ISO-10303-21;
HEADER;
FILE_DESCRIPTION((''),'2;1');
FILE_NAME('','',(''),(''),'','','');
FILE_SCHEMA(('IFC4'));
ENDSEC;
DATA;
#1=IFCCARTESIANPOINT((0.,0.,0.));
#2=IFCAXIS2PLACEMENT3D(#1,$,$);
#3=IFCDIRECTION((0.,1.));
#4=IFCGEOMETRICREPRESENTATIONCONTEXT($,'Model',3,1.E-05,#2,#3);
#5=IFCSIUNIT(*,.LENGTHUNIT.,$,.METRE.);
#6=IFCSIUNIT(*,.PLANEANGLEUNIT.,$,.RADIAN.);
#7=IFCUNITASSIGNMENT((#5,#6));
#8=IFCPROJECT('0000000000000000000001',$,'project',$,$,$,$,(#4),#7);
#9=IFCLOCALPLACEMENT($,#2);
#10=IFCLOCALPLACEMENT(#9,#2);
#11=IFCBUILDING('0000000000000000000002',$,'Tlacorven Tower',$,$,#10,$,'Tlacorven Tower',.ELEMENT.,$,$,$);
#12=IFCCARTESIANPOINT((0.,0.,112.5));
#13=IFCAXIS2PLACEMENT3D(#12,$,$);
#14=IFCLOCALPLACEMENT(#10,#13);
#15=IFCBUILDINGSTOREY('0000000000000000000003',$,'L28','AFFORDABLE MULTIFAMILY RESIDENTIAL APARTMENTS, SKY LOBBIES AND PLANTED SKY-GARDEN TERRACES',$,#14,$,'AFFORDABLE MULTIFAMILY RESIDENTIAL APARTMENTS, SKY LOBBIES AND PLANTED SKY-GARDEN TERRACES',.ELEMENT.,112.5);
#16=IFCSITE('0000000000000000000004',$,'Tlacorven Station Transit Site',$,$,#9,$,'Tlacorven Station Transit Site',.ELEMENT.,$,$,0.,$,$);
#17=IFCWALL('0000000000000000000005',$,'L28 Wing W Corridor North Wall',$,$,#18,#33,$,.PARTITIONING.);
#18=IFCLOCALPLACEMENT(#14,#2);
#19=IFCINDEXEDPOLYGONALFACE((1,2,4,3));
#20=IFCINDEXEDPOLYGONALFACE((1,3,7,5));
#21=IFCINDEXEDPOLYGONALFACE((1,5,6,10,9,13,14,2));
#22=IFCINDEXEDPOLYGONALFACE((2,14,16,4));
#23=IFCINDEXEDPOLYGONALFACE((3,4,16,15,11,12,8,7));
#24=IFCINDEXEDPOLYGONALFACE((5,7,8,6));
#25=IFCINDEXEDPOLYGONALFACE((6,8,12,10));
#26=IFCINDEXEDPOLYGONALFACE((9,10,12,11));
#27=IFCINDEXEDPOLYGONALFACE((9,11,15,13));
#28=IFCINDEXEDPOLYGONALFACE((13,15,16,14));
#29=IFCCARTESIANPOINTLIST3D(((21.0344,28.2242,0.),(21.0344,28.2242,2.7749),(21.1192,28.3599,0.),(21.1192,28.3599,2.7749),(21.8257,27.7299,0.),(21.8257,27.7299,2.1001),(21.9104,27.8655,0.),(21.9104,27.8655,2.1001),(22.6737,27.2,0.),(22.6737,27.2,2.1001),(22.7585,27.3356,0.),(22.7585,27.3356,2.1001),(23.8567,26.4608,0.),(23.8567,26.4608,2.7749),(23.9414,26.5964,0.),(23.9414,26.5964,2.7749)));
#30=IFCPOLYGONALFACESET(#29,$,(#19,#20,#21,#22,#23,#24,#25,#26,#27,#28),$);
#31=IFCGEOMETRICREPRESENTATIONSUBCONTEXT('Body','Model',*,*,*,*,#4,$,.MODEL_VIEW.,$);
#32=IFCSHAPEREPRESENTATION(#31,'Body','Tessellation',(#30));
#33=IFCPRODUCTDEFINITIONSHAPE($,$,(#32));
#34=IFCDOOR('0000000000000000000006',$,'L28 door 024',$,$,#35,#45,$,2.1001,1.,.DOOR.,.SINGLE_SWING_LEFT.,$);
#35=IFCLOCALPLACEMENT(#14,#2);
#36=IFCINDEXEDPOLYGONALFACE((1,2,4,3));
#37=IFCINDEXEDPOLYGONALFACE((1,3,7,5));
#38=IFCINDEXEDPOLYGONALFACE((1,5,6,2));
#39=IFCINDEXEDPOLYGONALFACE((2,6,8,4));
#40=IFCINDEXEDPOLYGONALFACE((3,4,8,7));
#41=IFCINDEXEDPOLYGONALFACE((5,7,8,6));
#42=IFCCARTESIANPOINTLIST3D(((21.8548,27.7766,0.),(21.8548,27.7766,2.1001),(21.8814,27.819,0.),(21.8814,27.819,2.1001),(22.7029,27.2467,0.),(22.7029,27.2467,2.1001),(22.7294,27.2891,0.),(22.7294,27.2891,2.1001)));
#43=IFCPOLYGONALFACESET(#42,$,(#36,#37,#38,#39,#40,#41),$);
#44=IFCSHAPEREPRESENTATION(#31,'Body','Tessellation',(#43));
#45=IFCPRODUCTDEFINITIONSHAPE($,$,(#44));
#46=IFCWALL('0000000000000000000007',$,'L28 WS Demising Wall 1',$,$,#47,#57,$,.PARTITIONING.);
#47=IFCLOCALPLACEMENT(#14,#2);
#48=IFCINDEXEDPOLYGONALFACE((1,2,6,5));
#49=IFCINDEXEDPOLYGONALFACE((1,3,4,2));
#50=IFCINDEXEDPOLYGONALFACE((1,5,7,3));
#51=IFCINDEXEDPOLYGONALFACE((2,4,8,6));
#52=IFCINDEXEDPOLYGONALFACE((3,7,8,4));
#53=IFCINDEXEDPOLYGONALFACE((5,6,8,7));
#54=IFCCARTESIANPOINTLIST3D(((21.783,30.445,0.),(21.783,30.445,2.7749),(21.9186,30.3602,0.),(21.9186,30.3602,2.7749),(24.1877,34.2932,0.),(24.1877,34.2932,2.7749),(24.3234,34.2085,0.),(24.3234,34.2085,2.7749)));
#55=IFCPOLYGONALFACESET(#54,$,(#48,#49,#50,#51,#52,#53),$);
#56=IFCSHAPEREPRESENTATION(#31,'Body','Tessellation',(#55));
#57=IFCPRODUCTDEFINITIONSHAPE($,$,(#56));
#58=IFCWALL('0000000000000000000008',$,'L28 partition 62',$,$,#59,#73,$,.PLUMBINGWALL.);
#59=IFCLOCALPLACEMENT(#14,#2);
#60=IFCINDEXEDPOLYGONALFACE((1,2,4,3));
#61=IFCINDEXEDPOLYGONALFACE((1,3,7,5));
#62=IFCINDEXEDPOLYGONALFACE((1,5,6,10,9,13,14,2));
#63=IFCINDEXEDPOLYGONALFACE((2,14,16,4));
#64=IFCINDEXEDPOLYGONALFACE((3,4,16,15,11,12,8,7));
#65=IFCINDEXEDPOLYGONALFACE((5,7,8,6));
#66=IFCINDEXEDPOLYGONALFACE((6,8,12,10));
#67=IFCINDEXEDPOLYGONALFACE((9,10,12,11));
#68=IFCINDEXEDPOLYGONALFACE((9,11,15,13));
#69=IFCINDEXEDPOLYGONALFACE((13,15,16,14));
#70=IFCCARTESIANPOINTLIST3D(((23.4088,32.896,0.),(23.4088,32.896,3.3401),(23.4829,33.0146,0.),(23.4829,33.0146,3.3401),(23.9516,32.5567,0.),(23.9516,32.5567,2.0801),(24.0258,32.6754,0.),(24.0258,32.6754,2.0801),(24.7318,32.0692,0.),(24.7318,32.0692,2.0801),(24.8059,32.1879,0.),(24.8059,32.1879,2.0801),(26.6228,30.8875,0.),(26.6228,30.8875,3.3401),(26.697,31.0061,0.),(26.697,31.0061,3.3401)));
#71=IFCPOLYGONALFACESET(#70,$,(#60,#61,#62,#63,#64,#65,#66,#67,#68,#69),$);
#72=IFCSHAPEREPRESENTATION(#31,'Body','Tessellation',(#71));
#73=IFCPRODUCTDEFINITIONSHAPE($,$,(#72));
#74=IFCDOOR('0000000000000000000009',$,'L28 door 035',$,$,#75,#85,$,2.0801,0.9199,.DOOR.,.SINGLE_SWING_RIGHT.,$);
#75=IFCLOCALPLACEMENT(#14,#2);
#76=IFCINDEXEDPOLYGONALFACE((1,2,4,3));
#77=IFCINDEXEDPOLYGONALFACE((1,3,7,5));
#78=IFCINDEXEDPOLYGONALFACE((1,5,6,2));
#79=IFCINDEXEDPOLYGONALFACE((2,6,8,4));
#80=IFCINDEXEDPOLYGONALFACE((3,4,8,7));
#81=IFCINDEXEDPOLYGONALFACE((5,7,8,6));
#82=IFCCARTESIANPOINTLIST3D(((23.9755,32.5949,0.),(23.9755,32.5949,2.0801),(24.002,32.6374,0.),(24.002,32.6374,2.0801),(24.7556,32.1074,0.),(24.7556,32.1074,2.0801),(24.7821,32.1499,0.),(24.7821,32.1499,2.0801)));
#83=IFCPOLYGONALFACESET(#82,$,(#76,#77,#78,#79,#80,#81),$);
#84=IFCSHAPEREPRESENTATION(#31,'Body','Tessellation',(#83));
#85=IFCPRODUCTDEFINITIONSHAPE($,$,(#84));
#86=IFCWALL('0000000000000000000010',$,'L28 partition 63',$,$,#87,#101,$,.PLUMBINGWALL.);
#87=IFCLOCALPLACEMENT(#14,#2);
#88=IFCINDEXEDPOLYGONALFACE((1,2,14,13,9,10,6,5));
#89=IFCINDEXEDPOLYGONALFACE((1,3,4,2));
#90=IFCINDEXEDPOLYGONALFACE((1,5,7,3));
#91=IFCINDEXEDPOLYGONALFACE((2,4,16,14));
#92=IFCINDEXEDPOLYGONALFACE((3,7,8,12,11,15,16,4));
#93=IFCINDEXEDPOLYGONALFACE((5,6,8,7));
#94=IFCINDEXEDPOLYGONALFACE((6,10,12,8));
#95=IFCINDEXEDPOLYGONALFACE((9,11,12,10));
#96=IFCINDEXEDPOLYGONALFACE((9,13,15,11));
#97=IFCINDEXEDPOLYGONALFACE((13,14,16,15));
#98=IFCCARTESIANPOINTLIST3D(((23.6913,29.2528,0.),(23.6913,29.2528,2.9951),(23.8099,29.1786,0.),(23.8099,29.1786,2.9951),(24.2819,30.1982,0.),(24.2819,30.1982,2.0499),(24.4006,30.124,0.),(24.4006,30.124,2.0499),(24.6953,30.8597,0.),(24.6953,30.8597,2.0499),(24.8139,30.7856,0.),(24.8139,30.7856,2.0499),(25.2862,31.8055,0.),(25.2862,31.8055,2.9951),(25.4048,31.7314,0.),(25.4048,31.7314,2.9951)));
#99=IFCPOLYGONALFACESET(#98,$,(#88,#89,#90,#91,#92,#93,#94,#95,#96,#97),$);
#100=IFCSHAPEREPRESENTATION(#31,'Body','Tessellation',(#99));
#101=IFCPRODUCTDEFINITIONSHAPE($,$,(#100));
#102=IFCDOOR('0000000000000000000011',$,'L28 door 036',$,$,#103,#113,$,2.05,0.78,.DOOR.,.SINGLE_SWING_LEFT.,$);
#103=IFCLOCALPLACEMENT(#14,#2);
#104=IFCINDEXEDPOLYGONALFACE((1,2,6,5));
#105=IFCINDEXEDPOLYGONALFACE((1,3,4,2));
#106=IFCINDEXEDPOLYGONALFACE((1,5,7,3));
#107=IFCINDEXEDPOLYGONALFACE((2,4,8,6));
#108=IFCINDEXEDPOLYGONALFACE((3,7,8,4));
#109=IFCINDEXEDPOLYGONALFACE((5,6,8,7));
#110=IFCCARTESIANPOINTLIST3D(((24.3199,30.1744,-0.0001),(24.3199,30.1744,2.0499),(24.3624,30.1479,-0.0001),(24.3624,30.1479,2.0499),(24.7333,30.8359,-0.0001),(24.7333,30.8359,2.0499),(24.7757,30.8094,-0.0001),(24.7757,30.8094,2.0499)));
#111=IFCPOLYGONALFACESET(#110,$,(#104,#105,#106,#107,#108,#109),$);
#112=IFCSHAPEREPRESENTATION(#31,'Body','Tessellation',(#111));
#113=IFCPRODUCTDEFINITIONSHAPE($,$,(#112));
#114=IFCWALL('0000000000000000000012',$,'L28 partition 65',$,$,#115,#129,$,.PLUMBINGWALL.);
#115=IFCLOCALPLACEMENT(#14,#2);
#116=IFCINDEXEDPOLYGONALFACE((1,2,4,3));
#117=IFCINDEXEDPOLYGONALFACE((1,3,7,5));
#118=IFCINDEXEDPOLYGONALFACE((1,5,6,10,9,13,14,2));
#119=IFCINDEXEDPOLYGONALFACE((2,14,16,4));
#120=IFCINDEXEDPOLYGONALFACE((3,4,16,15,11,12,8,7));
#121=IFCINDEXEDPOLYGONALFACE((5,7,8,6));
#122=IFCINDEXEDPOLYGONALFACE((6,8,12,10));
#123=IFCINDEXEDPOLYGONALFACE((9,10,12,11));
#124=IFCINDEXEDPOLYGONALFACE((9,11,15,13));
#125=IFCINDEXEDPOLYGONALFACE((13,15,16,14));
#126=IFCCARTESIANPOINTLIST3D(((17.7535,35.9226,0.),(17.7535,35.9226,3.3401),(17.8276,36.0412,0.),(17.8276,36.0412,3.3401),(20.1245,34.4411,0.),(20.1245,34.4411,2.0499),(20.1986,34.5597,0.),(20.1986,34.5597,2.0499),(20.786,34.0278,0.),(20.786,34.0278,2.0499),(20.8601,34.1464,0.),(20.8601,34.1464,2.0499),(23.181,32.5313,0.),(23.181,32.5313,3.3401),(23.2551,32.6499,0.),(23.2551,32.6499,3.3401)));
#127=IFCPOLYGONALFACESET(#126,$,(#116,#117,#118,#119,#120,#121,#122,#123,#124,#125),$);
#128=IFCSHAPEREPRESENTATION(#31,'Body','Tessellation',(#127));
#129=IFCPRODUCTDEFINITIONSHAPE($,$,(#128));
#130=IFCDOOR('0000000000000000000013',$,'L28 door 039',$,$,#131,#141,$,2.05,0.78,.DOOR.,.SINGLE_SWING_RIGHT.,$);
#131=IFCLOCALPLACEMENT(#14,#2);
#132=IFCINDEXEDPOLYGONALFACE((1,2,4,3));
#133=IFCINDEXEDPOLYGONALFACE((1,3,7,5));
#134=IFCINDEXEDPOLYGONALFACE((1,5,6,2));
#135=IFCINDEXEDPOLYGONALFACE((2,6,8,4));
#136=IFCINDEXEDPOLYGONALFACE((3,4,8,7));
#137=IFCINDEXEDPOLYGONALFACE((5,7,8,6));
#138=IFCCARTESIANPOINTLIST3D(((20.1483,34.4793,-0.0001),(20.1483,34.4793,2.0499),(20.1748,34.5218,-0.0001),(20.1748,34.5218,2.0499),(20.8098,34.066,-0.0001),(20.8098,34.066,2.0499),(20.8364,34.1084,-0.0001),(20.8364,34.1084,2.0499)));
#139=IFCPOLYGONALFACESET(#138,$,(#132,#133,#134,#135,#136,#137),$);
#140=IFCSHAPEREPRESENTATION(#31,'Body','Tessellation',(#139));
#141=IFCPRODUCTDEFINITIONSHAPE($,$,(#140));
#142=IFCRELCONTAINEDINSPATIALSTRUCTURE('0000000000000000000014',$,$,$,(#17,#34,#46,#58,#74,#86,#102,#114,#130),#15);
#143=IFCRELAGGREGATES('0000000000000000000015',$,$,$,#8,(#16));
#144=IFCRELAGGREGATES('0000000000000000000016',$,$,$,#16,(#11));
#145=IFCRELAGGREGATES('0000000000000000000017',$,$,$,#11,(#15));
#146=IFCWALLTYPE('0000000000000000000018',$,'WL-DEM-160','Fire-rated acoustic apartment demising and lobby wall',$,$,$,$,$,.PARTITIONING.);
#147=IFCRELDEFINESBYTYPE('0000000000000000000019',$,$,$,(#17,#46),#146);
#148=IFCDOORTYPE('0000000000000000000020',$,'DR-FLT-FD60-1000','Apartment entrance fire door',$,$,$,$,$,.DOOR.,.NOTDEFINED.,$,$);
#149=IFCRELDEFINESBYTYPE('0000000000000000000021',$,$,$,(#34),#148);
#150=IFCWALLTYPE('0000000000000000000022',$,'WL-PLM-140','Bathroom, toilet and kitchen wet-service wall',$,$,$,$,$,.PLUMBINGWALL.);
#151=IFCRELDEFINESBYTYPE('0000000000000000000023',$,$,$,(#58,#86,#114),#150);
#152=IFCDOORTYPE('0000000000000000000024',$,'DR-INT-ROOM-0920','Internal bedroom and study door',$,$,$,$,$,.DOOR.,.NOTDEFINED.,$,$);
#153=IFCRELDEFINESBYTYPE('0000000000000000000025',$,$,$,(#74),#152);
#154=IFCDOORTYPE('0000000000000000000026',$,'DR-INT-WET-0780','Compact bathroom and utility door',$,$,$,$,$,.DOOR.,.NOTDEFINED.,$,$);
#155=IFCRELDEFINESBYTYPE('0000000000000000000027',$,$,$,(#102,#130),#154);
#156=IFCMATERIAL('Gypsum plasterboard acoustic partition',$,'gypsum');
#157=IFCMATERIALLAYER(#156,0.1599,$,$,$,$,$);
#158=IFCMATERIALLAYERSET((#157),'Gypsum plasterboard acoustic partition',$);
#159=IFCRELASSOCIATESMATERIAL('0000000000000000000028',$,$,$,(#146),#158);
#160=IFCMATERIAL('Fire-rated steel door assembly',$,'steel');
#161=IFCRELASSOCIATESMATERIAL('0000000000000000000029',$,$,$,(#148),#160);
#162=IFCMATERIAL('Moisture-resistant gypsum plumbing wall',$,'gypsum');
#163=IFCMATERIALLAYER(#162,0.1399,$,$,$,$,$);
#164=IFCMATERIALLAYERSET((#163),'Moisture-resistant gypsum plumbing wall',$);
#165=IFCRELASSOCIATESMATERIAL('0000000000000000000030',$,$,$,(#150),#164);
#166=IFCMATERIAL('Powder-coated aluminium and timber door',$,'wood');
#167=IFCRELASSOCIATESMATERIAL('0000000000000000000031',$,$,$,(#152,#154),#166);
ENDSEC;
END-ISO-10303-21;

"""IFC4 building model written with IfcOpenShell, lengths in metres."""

from ifc_helpers import new_model, si_unit, direction, frame, frame_2d, origin, place, context, subcontext, project, spatial, rectangle, extrude, source, transform, mapped, material, layer, layer_set, type_object, element, fill, save


model = new_model("IFC4")

# Units and contexts
model_context = context("Model", 3, precision=1e-05, world=origin(), true_north=direction((0.0, 1.0)))
body_context = subcontext(model_context, "Body", "Model", "MODEL_VIEW")
ifc_project = project(units=[si_unit("LENGTHUNIT", "METRE"), si_unit("PLANEANGLEUNIT", "RADIAN")], contexts=[model_context])

# Site, building, storey
site_placement = place(None, origin())
site = spatial("IfcSite", under=ifc_project, at=site_placement, Name="Tlacorven Station Transit Site", LongName="Tlacorven Station Transit Site", CompositionType="ELEMENT", RefElevation=0.0)
building_placement = place(site_placement, origin())
building = spatial("IfcBuilding", under=site, at=building_placement, Name="Tlacorven Tower", LongName="Tlacorven Tower", CompositionType="ELEMENT")
storey_placement = place(building_placement, frame((0.0, 0.0, 112.5)))
storey = spatial("IfcBuildingStorey", under=building, at=storey_placement, Name="L28", Description="AFFORDABLE MULTIFAMILY RESIDENTIAL APARTMENTS, SKY LOBBIES AND PLANTED SKY-GARDEN TERRACES", LongName="AFFORDABLE MULTIFAMILY RESIDENTIAL APARTMENTS, SKY LOBBIES AND PLANTED SKY-GARDEN TERRACES", CompositionType="ELEMENT", Elevation=112.5)

# Shared definitions
ifc_material_1 = material(Name="Gypsum plasterboard acoustic partition", Category="gypsum")
ifc_layer_1 = layer(ifc_material_1, 0.1599)
ifc_layer_set_1 = layer_set([ifc_layer_1], Name="Gypsum plasterboard acoustic partition")
wall_type_1 = type_object("IfcWallType", Name="WL-DEM-160", Description="Fire-rated acoustic apartment demising and lobby wall", PredefinedType="PARTITIONING", material=ifc_layer_set_1)

# Shared definitions
ifc_material_2 = material(Name="Fire-rated steel door assembly", Category="steel")
door_type_1 = type_object("IfcDoorType", Name="DR-FLT-FD60-1000", Description="Apartment entrance fire door", OperationType="NOTDEFINED", PredefinedType="DOOR", material=ifc_material_2)
shared_shape_1 = source(origin(), body_context, "Body", "SweptSolid", [
    extrude(rectangle(XDim=1.0, YDim=2.1001, at=frame_2d((0.5, 1.05))), frame((0.0, 0.0249, 0.0), z_axis=(0.0, -1.0, 0.0), x_axis=(1.0, 0.0, 0.0)), (0.0, 0.0, 1.0), 0.05),
])

# Wall, opening, door
wall_1_placement = place(storey_placement, frame((23.8992, 26.5286, 0.0), z_axis=(0.0, 0.0, 1.0), x_axis=(-0.848064, 0.529893, 0.0)))
wall_1 = element("IfcWall", 1, at=wall_1_placement, inside=storey, type_object=wall_type_1, Name="L28 Wing W Corridor North Wall", PredefinedType="PARTITIONING", context=body_context, shape_type="SweptSolid", body=[
    extrude(rectangle(XDim=3.3279, YDim=0.1599, at=frame_2d((1.6641, 0.0))), origin(), (0.0, 0.0, 1.0), 2.7749),
])
opening_1_placement = place(wall_1_placement, frame((1.395, 0.0, 0.0)))
opening_1 = element("IfcOpeningElement", 2, at=opening_1_placement, cuts=wall_1, PredefinedType="OPENING", context=body_context, shape_type="SweptSolid", body=[
    extrude(rectangle(XDim=1.0, YDim=2.1001, at=frame_2d((0.5, 1.05))), frame((0.0, 0.0898, 0.0), z_axis=(0.0, -1.0, 0.0), x_axis=(1.0, 0.0, 0.0)), (0.0, 0.0, 1.0), 0.1799),
])
door_1_placement = place(opening_1_placement, origin())
door_1 = element("IfcDoor", 3, at=door_1_placement, inside=storey, type_object=door_type_1, Name="L28 door 024", OperationType="SINGLE_SWING_LEFT", OverallHeight=2.1001, OverallWidth=1.0, PredefinedType="DOOR", context=body_context, shape_type="MappedRepresentation", body=[
    mapped(shared_shape_1, transform((0.0, 0.0, 0.0), scale=1.0)),
])
fill(opening_1, door_1)

# Wall
wall_2_placement = place(storey_placement, frame((24.2556, 34.251, 0.0), z_axis=(0.0, 0.0, 1.0), x_axis=(-0.529926, -0.848044, 0.0)))
element("IfcWall", 4, at=wall_2_placement, inside=storey, type_object=wall_type_1, Name="L28 WS Demising Wall 1", PredefinedType="PARTITIONING", context=body_context, shape_type="SweptSolid", body=[
    extrude(rectangle(XDim=4.5378, YDim=0.1599, at=frame_2d((2.269, 0.0))), origin(), (0.0, 0.0, 1.0), 2.7749),
])

# Walls, openings, doors
ifc_material_3 = material(Name="Moisture-resistant gypsum plumbing wall", Category="gypsum")
ifc_layer_2 = layer(ifc_material_3, 0.1399)
ifc_layer_set_2 = layer_set([ifc_layer_2], Name="Moisture-resistant gypsum plumbing wall")
wall_type_2 = type_object("IfcWallType", Name="WL-PLM-140", Description="Bathroom, toilet and kitchen wet-service wall", PredefinedType="PLUMBINGWALL", material=ifc_layer_set_2)
wall_3_placement = place(storey_placement, frame((26.6599, 30.9468, 0.0), z_axis=(0.0, 0.0, 1.0), x_axis=(-0.848031, 0.529947, 0.0)))
wall_3 = element("IfcWall", 5, at=wall_3_placement, inside=storey, type_object=wall_type_2, Name="L28 partition 62", PredefinedType="PLUMBINGWALL", context=body_context, shape_type="SweptSolid", body=[
    extrude(rectangle(XDim=3.79, YDim=0.1399, at=frame_2d((1.895, 0.0))), origin(), (0.0, 0.0, 1.0), 3.3401),
])
opening_2_placement = place(wall_3_placement, frame((2.23, 0.0, 0.0)))
opening_2 = element("IfcOpeningElement", 6, at=opening_2_placement, cuts=wall_3, PredefinedType="OPENING", context=body_context, shape_type="SweptSolid", body=[
    extrude(rectangle(XDim=0.9199, YDim=2.0801, at=frame_2d((0.46, 1.04))), frame((0.0, 0.0801, 0.0), z_axis=(0.0, -1.0, 0.0), x_axis=(1.0, 0.0, 0.0)), (0.0, 0.0, 1.0), 0.1599),
])
ifc_material_4 = material(Name="Powder-coated aluminium and timber door", Category="wood")
door_type_2 = type_object("IfcDoorType", Name="DR-INT-ROOM-0920", Description="Internal bedroom and study door", OperationType="NOTDEFINED", PredefinedType="DOOR", material=ifc_material_4)
shared_shape_2 = source(origin(), body_context, "Body", "SweptSolid", [
    extrude(rectangle(XDim=0.9199, YDim=2.0801, at=frame_2d((0.46, 1.04))), frame((0.0, 0.0249, 0.0), z_axis=(0.0, -1.0, 0.0), x_axis=(1.0, 0.0, 0.0)), (0.0, 0.0, 1.0), 0.05),
])
door_2_placement = place(opening_2_placement, origin())
door_2 = element("IfcDoor", 7, at=door_2_placement, inside=storey, type_object=door_type_2, Name="L28 door 035", OperationType="SINGLE_SWING_RIGHT", OverallHeight=2.0801, OverallWidth=0.9199, PredefinedType="DOOR", context=body_context, shape_type="MappedRepresentation", body=[
    mapped(shared_shape_2, transform((0.0, 0.0, 0.0), scale=1.0)),
])
fill(opening_2, door_2)
wall_4_placement = place(storey_placement, frame((25.3455, 31.7683, 0.0), z_axis=(0.0, 0.0, 1.0), x_axis=(-0.529882, -0.848071, 0.0)))
wall_4 = element("IfcWall", 8, at=wall_4_placement, inside=storey, type_object=wall_type_2, Name="L28 partition 63", PredefinedType="PLUMBINGWALL", context=body_context, shape_type="SweptSolid", body=[
    extrude(rectangle(XDim=3.01, YDim=0.1399, at=frame_2d((1.5049, 0.0))), origin(), (0.0, 0.0, 1.0), 2.9951),
])
opening_3_placement = place(wall_4_placement, frame((1.115, 0.0, 0.0)))
opening_3 = element("IfcOpeningElement", 9, at=opening_3_placement, cuts=wall_4, PredefinedType="OPENING", context=body_context, shape_type="SweptSolid", body=[
    extrude(rectangle(XDim=0.78, YDim=2.05, at=frame_2d((0.3901, 1.0249))), frame((0.0, 0.0801, 0.0), z_axis=(0.0, -1.0, 0.0), x_axis=(1.0, 0.0, 0.0)), (0.0, 0.0, 1.0), 0.1599),
])
door_type_3 = type_object("IfcDoorType", Name="DR-INT-WET-0780", Description="Compact bathroom and utility door", OperationType="NOTDEFINED", PredefinedType="DOOR", material=ifc_material_4)
shared_shape_3 = source(origin(), body_context, "Body", "SweptSolid", [
    extrude(rectangle(XDim=0.78, YDim=2.05, at=frame_2d((0.3901, 1.0249))), frame((0.0, 0.0249, 0.0), z_axis=(0.0, -1.0, 0.0), x_axis=(1.0, 0.0, 0.0)), (0.0, 0.0, 1.0), 0.05),
])
door_3_placement = place(opening_3_placement, origin())
door_3 = element("IfcDoor", 10, at=door_3_placement, inside=storey, type_object=door_type_3, Name="L28 door 036", OperationType="SINGLE_SWING_LEFT", OverallHeight=2.05, OverallWidth=0.78, PredefinedType="DOOR", context=body_context, shape_type="MappedRepresentation", body=[
    mapped(shared_shape_3, transform((0.0, 0.0, 0.0), scale=1.0)),
])
fill(opening_3, door_3)
wall_5_placement = place(storey_placement, frame((23.218, 32.5906, 0.0), z_axis=(0.0, 0.0, 1.0), x_axis=(-0.848056, 0.529906, 0.0)))
wall_5 = element("IfcWall", 11, at=wall_5_placement, inside=storey, type_object=wall_type_2, Name="L28 partition 65", PredefinedType="PLUMBINGWALL", context=body_context, shape_type="SweptSolid", body=[
    extrude(rectangle(XDim=6.3999, YDim=0.1399, at=frame_2d((3.2, 0.0))), origin(), (0.0, 0.0, 1.0), 3.3401),
])
opening_4_placement = place(wall_5_placement, frame((2.824, 0.0, 0.0)))
opening_4 = element("IfcOpeningElement", 12, at=opening_4_placement, cuts=wall_5, PredefinedType="OPENING", context=body_context, shape_type="SweptSolid", body=[
    extrude(rectangle(XDim=0.78, YDim=2.05, at=frame_2d((0.3901, 1.0249))), frame((0.0, 0.0801, 0.0), z_axis=(0.0, -1.0, 0.0), x_axis=(1.0, 0.0, 0.0)), (0.0, 0.0, 1.0), 0.1599),
])
door_4_placement = place(opening_4_placement, origin())
door_4 = element("IfcDoor", 13, at=door_4_placement, inside=storey, type_object=door_type_3, Name="L28 door 039", OperationType="SINGLE_SWING_RIGHT", OverallHeight=2.05, OverallWidth=0.78, PredefinedType="DOOR", context=body_context, shape_type="MappedRepresentation", body=[
    mapped(shared_shape_3, transform((0.0, 0.0, 0.0), scale=1.0)),
])
fill(opening_4, door_4)

save(model, "model.ifc")
